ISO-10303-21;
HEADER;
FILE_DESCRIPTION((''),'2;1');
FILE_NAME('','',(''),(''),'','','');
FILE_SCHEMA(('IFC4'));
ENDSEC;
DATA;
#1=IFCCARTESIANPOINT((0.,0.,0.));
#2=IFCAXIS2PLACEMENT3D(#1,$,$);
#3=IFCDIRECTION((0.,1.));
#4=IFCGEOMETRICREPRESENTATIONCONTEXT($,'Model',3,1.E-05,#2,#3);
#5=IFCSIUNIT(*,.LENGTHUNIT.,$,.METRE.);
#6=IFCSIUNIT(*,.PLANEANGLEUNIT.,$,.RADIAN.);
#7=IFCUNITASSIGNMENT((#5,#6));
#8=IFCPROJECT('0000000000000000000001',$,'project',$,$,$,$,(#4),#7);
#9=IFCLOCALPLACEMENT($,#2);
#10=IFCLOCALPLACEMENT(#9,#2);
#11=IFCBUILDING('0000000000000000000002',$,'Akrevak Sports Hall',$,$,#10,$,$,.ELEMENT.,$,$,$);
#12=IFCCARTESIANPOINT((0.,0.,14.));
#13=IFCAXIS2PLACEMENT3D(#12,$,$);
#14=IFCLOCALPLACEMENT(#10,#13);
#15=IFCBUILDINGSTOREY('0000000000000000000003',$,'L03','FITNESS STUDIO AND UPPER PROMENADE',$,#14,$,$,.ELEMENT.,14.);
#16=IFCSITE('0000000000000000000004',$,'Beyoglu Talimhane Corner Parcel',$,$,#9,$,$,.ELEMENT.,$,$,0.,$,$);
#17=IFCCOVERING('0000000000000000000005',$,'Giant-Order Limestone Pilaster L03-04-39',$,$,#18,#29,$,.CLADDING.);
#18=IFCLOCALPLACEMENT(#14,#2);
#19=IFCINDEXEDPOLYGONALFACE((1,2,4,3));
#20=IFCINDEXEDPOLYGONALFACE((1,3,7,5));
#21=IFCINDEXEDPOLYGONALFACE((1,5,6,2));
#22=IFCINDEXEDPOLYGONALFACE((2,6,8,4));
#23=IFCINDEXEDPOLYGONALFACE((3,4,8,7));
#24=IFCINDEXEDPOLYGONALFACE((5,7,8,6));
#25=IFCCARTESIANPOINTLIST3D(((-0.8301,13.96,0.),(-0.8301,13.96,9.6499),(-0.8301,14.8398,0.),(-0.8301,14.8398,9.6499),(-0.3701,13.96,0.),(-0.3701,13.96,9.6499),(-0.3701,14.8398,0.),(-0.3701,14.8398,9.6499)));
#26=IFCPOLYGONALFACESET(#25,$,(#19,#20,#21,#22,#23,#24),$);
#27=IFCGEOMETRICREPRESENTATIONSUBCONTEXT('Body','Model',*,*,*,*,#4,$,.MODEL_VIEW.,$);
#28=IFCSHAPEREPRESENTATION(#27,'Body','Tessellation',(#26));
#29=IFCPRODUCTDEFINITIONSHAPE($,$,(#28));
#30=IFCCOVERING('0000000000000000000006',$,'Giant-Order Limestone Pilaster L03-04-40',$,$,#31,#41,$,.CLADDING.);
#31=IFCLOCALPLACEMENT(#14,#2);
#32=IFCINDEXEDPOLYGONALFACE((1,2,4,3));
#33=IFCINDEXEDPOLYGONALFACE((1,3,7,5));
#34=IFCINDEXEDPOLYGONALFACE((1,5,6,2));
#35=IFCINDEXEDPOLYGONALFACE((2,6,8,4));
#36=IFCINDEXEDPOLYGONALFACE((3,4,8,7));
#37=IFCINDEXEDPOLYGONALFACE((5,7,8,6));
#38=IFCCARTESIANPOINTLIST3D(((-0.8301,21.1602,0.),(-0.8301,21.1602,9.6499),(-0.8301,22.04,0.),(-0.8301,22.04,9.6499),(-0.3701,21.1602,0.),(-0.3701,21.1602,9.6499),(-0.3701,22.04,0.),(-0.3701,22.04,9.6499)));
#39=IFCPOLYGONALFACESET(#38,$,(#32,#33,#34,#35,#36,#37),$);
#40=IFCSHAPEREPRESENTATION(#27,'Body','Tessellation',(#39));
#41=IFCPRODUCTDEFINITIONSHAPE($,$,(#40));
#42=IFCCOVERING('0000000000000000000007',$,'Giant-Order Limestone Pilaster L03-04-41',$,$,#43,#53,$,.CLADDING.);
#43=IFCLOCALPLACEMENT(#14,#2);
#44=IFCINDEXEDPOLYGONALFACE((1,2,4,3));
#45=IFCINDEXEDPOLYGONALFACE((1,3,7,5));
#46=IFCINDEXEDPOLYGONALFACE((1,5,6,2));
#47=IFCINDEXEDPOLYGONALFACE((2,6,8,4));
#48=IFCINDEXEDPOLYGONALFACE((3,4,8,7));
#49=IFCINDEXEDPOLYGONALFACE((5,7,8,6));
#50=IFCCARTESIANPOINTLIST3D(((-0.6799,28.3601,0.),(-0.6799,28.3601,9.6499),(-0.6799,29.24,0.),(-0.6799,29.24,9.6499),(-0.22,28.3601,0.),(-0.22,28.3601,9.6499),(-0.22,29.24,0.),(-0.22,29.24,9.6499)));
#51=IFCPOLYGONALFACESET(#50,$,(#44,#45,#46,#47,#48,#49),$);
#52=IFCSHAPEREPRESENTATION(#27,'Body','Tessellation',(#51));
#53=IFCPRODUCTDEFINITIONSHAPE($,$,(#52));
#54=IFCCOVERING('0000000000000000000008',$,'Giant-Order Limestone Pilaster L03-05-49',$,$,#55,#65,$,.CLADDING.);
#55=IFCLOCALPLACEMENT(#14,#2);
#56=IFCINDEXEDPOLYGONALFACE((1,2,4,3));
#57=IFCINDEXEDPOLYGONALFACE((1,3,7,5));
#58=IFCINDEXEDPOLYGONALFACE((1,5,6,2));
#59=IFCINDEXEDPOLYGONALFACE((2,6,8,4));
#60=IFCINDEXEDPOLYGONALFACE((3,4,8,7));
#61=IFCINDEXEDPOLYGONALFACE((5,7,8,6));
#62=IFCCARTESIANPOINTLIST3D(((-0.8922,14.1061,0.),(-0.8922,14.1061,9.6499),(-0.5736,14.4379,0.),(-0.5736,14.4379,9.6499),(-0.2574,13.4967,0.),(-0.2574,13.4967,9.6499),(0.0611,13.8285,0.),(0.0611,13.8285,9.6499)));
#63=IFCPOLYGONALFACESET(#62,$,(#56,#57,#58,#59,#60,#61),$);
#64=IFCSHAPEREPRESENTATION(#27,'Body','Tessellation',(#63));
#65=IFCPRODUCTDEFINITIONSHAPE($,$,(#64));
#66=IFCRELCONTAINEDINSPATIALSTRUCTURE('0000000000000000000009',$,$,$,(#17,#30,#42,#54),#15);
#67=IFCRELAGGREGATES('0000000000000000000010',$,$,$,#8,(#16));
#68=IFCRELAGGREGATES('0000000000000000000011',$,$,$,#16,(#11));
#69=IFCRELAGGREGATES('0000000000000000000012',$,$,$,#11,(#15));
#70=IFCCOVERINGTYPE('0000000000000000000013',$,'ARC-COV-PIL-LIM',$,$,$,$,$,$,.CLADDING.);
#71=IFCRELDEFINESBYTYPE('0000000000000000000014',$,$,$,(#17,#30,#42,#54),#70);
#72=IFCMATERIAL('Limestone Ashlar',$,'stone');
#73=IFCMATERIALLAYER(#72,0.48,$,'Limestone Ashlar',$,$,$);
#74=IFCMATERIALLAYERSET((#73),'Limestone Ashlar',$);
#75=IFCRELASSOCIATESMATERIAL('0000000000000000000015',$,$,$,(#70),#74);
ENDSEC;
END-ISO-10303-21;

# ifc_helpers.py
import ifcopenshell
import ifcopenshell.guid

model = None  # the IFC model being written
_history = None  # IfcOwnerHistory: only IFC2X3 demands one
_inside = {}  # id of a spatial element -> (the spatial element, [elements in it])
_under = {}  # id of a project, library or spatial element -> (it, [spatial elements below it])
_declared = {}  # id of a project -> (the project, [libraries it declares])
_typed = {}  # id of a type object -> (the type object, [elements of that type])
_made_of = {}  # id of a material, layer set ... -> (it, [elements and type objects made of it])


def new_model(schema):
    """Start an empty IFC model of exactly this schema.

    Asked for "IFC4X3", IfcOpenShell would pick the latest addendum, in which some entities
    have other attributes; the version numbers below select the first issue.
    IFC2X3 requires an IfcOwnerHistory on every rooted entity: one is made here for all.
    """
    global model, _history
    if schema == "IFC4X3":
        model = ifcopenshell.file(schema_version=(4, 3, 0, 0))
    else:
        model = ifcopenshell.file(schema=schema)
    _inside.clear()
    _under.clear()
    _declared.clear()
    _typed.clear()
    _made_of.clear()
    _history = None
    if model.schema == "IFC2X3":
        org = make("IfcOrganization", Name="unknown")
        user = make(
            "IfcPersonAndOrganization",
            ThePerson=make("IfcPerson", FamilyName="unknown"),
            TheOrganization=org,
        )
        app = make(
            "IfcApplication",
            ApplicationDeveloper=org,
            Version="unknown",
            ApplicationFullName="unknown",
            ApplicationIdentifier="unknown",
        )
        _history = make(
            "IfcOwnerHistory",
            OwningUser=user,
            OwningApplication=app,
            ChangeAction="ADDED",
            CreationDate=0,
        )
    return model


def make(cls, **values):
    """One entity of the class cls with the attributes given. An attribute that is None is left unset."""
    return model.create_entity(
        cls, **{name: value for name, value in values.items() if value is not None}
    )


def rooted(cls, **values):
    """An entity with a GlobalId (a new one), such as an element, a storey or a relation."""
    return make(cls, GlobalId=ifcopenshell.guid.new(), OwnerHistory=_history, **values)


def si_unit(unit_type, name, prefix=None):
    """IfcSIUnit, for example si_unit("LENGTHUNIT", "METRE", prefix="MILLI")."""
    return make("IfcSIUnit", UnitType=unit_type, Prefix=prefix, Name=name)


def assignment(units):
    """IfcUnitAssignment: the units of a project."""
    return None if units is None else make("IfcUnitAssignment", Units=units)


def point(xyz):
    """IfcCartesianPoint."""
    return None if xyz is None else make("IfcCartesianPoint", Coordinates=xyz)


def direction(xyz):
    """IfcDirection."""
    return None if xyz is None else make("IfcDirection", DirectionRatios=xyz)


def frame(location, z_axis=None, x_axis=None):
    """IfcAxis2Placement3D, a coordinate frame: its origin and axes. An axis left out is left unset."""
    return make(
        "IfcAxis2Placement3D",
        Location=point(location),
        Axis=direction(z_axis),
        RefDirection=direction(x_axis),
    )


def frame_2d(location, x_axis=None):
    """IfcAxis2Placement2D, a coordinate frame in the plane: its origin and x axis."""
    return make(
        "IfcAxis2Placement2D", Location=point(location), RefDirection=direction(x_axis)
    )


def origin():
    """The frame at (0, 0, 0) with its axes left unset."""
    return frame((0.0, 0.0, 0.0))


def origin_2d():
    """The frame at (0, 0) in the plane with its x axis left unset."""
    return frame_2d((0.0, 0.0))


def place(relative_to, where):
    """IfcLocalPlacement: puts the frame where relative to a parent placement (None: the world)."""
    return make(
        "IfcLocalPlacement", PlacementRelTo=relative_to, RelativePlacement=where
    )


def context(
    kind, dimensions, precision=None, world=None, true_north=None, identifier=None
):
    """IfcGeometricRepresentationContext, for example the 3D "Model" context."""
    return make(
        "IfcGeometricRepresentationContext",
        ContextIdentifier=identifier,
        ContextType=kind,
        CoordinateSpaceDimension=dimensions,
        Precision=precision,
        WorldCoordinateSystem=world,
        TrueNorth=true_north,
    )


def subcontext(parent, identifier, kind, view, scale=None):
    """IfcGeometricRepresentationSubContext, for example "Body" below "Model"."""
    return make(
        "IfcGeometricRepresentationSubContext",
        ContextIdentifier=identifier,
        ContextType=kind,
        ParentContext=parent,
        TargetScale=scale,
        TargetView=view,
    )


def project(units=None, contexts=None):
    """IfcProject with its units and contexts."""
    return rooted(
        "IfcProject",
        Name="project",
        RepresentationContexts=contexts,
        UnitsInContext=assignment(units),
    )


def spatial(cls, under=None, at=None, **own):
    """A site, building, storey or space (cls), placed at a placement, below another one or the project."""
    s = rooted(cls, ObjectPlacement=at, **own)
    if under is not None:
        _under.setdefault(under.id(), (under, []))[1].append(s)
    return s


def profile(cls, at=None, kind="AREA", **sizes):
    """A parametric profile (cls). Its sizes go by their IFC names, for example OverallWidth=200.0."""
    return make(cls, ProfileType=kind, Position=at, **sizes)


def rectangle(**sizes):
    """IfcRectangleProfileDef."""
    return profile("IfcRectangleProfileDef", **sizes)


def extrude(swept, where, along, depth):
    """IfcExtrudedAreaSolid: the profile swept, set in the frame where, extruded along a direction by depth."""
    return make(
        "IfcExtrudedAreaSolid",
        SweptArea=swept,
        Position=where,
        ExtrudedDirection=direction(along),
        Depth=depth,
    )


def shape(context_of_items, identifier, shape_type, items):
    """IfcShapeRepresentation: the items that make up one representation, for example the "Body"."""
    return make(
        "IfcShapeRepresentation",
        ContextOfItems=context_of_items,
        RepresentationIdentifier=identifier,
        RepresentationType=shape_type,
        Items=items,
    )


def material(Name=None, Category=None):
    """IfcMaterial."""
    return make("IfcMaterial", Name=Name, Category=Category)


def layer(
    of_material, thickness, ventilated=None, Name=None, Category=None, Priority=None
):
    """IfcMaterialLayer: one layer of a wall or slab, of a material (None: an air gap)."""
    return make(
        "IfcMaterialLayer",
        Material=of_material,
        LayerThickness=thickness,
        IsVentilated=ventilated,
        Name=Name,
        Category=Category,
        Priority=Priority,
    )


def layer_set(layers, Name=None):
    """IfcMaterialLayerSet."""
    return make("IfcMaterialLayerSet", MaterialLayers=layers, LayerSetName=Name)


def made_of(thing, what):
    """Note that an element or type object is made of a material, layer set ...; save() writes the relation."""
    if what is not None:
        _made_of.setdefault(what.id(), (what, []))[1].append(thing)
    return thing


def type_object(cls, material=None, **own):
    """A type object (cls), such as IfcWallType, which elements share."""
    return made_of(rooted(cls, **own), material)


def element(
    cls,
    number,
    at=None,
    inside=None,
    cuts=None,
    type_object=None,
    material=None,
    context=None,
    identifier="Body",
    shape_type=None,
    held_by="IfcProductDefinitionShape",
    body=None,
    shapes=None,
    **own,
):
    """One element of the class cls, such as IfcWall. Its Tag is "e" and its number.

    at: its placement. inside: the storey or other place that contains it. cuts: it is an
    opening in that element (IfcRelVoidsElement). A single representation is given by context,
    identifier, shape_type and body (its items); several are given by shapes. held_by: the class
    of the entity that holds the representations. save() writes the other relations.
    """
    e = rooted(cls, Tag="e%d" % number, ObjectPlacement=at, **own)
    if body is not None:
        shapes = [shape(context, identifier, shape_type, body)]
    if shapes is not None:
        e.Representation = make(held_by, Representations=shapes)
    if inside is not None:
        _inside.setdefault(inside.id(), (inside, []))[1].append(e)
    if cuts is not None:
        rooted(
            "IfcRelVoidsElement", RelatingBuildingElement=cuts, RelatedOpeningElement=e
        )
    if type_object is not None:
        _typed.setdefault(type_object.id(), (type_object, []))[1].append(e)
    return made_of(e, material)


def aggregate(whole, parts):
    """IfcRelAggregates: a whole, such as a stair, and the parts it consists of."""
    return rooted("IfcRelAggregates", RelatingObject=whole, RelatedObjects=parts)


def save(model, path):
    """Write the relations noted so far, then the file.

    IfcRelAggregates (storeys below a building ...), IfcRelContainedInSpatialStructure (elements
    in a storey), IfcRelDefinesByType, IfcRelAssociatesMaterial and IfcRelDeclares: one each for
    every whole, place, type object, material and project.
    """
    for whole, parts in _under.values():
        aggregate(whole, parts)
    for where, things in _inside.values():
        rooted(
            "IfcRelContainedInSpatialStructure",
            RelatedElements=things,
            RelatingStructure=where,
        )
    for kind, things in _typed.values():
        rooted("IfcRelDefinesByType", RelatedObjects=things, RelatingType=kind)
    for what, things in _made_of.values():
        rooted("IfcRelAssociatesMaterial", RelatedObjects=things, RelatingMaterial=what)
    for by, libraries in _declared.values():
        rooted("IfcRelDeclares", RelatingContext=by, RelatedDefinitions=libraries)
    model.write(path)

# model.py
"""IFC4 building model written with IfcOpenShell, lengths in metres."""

from ifc_helpers import new_model, si_unit, direction, frame, origin, origin_2d, place, context, subcontext, project, spatial, rectangle, extrude, material, layer, layer_set, type_object, element, save


model = new_model("IFC4")

# Units and contexts
model_context = context("Model", 3, precision=1e-05, world=origin(), true_north=direction((0.0, 1.0)))
body_context = subcontext(model_context, "Body", "Model", "MODEL_VIEW")
ifc_project = project(units=[si_unit("LENGTHUNIT", "METRE"), si_unit("PLANEANGLEUNIT", "RADIAN")], contexts=[model_context])

# Site, building, storey
site_placement = place(None, origin())
site = spatial("IfcSite", under=ifc_project, at=site_placement, Name="Beyoglu Talimhane Corner Parcel", CompositionType="ELEMENT", RefElevation=0.0)
building_placement = place(site_placement, origin())
building = spatial("IfcBuilding", under=site, at=building_placement, Name="Akrevak Sports Hall", CompositionType="ELEMENT")
storey_placement = place(building_placement, frame((0.0, 0.0, 14.0)))
storey = spatial("IfcBuildingStorey", under=building, at=storey_placement, Name="L03", Description="FITNESS STUDIO AND UPPER PROMENADE", CompositionType="ELEMENT", Elevation=14.0)

# Shared definitions
ifc_material_1 = material(Name="Limestone Ashlar", Category="stone")

# Coverings
ifc_layer_1 = layer(ifc_material_1, 0.48, Name="Limestone Ashlar")
ifc_layer_set_1 = layer_set([ifc_layer_1], Name="Limestone Ashlar")
covering_type = type_object("IfcCoveringType", Name="ARC-COV-PIL-LIM", PredefinedType="CLADDING", material=ifc_layer_set_1)
for number, where, z_axis, x_axis, name in (
    (1, (-0.6001, 14.3999, 0.0), (0.0, 0.0, 1.0), (0.0, -1.0, 0.0), "Giant-Order Limestone Pilaster L03-04-39"),
    (2, (-0.6001, 21.6001, 0.0), (0.0, 0.0, 1.0), (0.0, -1.0, 0.0), "Giant-Order Limestone Pilaster L03-04-40"),
    (3, (-0.45, 28.8, 0.0), (0.0, 0.0, 1.0), (0.0, -1.0, 0.0), "Giant-Order Limestone Pilaster L03-04-41"),
    (4, (-0.4155, 13.9673, 0.0), (0.0, 0.0, 1.0), (0.721386, -0.692534, 0.0), "Giant-Order Limestone Pilaster L03-05-49"),
):
    element("IfcCovering", number, at=place(storey_placement, frame(where, z_axis=z_axis, x_axis=x_axis)), inside=storey, type_object=covering_type, Name=name, PredefinedType="CLADDING", context=body_context, shape_type="SweptSolid", body=[
        extrude(rectangle(XDim=0.8799, YDim=0.46, at=origin_2d()), origin(), (0.0, 0.0, 1.0), 9.6499),
    ])

save(model, "model.ifc")
